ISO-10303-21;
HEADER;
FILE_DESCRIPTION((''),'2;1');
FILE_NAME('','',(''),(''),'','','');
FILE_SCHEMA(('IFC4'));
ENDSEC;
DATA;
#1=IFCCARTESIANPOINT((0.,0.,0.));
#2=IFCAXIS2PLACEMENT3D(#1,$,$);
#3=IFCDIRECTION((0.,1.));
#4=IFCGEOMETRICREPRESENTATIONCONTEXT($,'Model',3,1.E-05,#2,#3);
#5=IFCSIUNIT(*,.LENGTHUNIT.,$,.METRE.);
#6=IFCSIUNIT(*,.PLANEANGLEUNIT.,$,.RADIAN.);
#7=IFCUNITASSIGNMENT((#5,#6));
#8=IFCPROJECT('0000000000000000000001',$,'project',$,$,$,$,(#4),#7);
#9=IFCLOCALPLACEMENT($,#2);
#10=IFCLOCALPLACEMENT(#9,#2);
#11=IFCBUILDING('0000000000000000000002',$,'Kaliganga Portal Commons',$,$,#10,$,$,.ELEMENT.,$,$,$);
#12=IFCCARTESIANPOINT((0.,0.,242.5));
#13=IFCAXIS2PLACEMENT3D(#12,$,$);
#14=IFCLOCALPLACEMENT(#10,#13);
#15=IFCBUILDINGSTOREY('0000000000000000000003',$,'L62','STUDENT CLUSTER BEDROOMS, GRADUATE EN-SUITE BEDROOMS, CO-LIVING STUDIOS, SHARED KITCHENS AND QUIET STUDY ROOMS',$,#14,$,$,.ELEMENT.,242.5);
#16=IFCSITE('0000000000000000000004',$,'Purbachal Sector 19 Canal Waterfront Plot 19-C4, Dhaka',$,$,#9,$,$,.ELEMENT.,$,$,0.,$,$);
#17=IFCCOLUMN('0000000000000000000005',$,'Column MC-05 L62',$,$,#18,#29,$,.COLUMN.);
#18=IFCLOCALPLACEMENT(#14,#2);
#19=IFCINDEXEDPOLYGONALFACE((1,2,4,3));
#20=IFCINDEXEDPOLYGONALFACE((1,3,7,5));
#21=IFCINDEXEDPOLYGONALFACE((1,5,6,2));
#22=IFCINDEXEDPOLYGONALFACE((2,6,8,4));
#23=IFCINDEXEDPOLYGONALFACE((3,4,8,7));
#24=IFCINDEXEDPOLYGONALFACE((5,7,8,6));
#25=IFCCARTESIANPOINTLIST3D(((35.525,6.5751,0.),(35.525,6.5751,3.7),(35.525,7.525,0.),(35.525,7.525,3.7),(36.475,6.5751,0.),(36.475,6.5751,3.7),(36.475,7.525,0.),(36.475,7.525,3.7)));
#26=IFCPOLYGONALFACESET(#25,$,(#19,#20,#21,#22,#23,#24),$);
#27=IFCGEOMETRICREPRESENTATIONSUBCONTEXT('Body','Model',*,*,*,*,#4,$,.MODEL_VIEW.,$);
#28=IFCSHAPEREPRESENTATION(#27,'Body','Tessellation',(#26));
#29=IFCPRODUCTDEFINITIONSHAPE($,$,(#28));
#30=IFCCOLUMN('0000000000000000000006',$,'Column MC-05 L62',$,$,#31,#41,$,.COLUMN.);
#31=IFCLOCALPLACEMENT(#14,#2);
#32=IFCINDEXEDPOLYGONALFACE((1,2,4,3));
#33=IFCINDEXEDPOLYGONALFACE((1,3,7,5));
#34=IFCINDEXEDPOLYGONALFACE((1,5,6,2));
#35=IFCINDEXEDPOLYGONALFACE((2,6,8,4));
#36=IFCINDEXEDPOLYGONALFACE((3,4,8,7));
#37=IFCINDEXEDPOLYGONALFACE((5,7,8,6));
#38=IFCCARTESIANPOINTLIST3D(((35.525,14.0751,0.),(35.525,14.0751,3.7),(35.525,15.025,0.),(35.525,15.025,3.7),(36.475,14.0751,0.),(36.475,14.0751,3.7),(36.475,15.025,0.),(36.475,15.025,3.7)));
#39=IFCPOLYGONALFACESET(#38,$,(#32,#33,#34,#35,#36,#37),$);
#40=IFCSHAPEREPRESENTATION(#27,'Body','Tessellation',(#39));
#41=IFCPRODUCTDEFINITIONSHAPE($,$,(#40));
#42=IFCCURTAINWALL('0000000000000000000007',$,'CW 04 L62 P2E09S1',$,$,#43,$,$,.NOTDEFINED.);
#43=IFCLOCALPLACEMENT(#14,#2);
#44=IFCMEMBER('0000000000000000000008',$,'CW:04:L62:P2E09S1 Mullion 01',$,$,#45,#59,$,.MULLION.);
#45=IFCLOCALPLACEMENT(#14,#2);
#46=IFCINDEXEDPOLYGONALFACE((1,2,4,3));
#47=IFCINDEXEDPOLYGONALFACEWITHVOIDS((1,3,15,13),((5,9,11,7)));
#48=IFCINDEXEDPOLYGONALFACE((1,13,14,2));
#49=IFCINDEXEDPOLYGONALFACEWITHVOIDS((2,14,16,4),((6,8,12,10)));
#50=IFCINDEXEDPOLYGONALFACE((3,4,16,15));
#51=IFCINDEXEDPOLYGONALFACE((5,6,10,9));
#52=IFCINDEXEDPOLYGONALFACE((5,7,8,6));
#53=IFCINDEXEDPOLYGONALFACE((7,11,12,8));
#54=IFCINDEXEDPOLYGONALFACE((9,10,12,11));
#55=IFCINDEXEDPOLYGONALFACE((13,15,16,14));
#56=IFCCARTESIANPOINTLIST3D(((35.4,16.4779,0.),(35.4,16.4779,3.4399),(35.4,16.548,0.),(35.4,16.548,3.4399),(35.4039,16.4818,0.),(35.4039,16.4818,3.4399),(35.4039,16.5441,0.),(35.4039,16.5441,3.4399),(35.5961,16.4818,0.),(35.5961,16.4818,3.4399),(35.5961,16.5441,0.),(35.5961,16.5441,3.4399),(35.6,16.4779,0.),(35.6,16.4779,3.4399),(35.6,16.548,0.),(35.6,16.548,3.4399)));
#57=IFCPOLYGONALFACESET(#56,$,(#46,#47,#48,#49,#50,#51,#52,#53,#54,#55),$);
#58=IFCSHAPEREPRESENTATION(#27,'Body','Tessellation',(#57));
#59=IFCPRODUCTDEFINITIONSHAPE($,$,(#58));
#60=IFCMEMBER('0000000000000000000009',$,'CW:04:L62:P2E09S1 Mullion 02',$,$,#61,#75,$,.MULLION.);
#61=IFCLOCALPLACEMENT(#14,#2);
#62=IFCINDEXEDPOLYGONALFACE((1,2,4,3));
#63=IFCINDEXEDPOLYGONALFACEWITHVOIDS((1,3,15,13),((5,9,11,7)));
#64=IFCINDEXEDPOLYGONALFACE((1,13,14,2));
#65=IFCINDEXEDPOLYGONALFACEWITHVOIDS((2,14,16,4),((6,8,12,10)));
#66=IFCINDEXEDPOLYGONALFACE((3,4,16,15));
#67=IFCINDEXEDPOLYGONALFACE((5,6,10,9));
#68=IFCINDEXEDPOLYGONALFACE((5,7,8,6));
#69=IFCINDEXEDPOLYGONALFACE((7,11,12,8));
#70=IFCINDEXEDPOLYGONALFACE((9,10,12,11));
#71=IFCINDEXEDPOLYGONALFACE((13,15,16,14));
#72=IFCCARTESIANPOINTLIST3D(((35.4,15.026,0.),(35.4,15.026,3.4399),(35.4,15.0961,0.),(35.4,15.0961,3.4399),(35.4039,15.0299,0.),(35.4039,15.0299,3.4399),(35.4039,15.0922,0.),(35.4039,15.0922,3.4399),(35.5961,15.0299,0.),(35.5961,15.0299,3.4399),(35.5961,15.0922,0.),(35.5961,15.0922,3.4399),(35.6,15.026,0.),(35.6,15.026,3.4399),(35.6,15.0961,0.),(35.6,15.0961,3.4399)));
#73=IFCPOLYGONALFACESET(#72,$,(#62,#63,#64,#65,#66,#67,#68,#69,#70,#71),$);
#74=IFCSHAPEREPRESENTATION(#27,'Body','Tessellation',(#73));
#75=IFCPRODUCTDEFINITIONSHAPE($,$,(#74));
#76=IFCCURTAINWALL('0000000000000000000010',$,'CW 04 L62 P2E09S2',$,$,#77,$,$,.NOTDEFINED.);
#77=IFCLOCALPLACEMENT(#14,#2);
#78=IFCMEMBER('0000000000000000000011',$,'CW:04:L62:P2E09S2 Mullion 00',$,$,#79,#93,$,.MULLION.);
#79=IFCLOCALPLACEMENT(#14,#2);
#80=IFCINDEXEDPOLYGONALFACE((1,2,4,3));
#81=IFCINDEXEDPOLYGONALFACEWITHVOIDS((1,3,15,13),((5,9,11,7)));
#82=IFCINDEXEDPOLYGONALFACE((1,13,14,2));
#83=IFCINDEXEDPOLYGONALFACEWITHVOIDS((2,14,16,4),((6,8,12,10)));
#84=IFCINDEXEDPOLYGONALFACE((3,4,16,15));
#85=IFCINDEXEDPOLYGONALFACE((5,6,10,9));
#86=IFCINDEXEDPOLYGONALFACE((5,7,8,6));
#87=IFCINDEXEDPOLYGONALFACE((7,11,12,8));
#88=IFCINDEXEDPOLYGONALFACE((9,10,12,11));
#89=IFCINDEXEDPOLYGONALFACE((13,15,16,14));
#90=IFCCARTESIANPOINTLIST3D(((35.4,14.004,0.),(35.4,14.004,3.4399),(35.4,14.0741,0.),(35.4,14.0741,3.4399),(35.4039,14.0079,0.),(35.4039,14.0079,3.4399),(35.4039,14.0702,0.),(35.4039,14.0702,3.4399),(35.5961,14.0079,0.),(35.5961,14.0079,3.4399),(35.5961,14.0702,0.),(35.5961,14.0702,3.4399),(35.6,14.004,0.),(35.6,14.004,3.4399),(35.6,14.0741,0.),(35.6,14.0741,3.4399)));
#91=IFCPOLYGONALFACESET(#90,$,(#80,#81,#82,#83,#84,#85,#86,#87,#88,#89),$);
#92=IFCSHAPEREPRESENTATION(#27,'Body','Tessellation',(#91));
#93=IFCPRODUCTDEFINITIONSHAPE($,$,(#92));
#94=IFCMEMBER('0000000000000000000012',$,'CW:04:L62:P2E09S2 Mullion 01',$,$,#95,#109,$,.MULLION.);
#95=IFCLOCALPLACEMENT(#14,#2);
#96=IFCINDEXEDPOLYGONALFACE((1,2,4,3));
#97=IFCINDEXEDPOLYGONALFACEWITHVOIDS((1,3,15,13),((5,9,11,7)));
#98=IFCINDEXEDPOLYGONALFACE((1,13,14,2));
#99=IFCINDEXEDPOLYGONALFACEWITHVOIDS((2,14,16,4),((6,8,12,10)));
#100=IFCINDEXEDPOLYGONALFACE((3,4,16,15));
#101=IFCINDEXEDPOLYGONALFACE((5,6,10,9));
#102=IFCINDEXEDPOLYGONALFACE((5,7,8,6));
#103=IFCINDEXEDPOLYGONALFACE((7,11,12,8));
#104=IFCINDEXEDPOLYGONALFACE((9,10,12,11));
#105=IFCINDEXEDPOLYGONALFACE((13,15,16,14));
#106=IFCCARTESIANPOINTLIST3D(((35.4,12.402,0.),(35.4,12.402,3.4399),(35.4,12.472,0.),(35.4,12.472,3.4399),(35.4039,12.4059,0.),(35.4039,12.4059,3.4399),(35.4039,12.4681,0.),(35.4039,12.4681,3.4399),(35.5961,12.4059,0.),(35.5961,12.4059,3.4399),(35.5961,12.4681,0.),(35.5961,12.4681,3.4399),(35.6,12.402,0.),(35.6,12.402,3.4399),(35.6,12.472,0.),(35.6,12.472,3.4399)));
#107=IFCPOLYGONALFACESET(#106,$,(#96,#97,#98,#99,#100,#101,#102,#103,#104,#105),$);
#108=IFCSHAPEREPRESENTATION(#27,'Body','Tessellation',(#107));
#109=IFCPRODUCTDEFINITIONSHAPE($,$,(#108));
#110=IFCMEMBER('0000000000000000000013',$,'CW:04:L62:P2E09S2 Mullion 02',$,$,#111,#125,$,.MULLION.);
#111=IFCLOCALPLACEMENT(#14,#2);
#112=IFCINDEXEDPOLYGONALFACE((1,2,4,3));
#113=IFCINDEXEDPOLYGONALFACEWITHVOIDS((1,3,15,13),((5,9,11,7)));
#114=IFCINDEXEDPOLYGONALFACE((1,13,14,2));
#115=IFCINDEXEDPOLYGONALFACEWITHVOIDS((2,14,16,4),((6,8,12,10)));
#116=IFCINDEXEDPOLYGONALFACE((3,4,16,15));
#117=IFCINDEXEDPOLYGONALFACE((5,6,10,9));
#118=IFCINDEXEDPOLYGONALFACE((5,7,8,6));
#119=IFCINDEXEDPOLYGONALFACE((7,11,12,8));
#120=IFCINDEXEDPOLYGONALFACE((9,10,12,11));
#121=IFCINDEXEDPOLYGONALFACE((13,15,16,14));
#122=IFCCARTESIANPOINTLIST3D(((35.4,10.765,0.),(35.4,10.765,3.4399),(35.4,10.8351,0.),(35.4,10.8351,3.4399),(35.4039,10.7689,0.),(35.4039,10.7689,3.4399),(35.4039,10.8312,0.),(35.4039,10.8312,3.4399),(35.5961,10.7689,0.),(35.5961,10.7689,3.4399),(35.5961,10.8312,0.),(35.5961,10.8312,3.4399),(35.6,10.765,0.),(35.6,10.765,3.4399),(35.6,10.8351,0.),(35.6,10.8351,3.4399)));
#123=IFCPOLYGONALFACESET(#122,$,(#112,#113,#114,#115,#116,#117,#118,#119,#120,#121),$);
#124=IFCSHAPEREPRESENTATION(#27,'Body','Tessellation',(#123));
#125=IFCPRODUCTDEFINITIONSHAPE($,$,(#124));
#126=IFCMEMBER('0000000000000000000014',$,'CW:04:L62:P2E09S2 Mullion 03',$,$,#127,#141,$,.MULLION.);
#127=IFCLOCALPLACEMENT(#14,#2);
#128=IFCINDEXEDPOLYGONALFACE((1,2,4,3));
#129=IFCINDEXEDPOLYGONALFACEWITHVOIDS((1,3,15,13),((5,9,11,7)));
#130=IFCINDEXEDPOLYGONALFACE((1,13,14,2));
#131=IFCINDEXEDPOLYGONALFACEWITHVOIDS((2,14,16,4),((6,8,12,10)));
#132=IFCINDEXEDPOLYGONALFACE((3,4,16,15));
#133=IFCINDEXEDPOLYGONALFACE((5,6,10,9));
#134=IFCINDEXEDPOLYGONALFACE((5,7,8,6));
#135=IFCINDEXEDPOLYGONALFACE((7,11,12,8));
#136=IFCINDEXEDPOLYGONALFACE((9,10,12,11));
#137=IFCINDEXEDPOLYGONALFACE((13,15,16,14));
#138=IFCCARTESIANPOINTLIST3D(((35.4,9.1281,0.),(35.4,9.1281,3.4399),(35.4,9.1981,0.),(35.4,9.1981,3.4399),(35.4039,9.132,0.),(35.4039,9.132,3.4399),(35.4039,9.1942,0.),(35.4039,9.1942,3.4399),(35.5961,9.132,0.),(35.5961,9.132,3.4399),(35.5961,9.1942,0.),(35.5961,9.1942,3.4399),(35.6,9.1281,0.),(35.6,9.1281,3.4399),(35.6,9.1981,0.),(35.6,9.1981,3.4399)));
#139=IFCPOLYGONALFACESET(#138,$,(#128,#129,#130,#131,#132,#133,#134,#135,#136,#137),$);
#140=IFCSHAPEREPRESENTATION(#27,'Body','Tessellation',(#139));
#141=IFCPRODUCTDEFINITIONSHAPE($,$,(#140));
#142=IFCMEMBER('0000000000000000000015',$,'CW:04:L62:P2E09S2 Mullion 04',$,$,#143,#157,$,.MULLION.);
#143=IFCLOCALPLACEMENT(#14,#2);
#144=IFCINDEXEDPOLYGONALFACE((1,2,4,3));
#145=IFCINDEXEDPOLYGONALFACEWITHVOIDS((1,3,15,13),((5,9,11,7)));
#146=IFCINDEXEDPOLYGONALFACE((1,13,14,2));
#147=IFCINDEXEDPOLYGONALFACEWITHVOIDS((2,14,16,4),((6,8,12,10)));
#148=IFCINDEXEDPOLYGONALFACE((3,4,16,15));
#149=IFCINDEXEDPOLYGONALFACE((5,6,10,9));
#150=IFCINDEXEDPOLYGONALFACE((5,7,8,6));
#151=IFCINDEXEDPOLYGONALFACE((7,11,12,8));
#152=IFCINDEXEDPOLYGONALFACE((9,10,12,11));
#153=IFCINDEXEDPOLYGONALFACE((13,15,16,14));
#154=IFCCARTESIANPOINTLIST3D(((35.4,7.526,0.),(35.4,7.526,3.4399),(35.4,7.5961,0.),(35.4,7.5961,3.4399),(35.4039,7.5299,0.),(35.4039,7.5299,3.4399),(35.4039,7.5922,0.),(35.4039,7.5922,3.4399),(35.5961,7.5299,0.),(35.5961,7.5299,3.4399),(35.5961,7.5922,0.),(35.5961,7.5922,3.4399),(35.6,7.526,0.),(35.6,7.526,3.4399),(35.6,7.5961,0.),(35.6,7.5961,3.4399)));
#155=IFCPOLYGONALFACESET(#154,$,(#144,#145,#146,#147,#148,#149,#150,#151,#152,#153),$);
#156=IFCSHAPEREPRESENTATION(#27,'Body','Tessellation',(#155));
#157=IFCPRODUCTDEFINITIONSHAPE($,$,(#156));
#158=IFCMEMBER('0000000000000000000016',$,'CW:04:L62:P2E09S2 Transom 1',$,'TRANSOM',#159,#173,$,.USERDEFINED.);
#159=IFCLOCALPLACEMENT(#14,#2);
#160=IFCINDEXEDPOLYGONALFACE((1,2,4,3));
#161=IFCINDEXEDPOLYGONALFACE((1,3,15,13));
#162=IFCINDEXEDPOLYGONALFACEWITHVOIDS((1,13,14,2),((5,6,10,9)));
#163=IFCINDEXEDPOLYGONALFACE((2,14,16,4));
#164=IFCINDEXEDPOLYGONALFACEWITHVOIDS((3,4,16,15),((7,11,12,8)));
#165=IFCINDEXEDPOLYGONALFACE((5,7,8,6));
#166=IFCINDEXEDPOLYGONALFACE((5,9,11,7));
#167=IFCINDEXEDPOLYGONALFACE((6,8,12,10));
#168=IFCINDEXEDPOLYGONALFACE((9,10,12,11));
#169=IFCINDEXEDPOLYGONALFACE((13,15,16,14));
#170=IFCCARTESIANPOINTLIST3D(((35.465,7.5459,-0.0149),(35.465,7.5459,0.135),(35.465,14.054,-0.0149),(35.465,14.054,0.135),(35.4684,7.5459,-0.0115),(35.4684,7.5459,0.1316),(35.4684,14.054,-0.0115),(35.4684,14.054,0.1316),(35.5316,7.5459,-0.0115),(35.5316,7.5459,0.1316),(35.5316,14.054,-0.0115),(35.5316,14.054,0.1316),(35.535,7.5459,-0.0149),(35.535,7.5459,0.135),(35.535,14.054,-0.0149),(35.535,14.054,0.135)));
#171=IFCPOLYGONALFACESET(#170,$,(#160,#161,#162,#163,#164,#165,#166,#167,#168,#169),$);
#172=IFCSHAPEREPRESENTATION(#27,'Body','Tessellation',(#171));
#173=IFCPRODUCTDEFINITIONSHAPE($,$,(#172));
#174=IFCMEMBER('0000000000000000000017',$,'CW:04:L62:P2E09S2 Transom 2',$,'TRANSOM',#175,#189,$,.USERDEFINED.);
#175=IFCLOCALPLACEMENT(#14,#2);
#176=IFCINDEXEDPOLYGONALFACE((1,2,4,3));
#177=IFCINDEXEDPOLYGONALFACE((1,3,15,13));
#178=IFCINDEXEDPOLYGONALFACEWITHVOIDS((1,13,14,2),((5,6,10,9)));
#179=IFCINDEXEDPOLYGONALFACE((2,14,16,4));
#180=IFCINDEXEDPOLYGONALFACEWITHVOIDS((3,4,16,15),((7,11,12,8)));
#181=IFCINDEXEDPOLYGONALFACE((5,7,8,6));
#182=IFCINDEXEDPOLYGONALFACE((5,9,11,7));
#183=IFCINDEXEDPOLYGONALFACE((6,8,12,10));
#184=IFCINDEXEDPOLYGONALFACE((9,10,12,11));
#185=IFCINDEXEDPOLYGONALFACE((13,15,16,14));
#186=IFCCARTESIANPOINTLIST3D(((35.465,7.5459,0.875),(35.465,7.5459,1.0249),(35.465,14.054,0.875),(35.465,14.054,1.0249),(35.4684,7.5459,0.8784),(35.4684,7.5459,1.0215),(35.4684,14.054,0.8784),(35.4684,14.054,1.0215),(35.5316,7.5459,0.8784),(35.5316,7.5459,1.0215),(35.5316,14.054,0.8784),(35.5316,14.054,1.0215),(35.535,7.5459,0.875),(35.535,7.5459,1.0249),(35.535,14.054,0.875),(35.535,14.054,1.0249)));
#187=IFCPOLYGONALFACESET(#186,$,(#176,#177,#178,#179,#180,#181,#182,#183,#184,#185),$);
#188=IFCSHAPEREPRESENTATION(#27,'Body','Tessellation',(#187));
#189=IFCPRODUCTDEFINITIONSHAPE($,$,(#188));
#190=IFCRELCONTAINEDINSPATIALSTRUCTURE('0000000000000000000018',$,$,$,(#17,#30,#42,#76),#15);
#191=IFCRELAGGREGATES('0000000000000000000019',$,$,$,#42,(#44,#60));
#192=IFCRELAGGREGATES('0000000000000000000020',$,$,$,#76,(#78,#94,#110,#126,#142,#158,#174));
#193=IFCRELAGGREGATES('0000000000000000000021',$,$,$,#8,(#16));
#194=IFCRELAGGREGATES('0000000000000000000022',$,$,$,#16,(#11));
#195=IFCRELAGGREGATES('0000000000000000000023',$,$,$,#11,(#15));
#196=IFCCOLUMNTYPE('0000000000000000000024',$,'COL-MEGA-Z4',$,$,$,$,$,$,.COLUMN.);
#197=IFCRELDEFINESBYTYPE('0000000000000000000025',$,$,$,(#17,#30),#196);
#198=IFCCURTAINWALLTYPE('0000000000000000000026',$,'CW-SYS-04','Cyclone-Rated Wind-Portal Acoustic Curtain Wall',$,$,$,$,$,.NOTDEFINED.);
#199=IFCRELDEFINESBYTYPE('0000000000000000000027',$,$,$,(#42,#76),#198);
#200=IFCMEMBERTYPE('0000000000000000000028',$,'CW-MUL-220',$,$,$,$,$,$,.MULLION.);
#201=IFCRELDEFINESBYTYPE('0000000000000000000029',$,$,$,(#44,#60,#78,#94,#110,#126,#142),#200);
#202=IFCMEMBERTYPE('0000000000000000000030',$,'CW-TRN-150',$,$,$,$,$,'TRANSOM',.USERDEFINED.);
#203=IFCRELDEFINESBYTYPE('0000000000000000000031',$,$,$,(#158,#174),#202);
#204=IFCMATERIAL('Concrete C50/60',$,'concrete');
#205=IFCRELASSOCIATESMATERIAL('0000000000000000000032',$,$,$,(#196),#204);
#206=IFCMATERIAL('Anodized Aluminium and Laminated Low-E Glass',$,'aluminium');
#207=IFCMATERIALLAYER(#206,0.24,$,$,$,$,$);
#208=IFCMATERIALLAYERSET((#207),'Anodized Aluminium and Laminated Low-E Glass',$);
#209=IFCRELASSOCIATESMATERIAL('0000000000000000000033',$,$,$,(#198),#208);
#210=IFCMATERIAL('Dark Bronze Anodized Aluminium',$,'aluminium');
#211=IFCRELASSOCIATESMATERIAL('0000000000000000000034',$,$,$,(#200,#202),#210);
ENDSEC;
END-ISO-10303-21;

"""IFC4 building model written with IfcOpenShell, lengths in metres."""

from ifc_helpers import new_model, si_unit, direction, frame, origin, origin_2d, place, context, subcontext, project, spatial, rectangle, hollow_rectangle, extrude, source, transform, mapped, material, layer, layer_set, material_profile, profile_set, type_object, element, aggregate, save


model = new_model("IFC4")

# Units and contexts
model_context = context("Model", 3, precision=1e-05, world=origin(), true_north=direction((0.0, 1.0)))
body_context = subcontext(model_context, "Body", "Model", "MODEL_VIEW")
ifc_project = project(units=[si_unit("LENGTHUNIT", "METRE"), si_unit("PLANEANGLEUNIT", "RADIAN")], contexts=[model_context])

# Site, building, storey
site_placement = place(None, origin())
site = spatial("IfcSite", under=ifc_project, at=site_placement, Name="Purbachal Sector 19 Canal Waterfront Plot 19-C4, Dhaka", CompositionType="ELEMENT", RefElevation=0.0)
building_placement = place(site_placement, origin())
building = spatial("IfcBuilding", under=site, at=building_placement, Name="Kaliganga Portal Commons", CompositionType="ELEMENT")
storey_placement = place(building_placement, frame((0.0, 0.0, 242.5)))
storey = spatial("IfcBuildingStorey", under=building, at=storey_placement, Name="L62", Description="STUDENT CLUSTER BEDROOMS, GRADUATE EN-SUITE BEDROOMS, CO-LIVING STUDIOS, SHARED KITCHENS AND QUIET STUDY ROOMS", CompositionType="ELEMENT", Elevation=242.5)

# Columns
ifc_material_1 = material(Name="Concrete C50/60", Category="concrete")
ifc_material_profile_1 = material_profile(ifc_material_1, rectangle(XDim=0.95, YDim=0.95, at=origin_2d()), Name="RC 950x950")
ifc_profile_set_1 = profile_set([ifc_material_profile_1], Name="Concrete C50/60")
column_type = type_object("IfcColumnType", Name="COL-MEGA-Z4", PredefinedType="COLUMN", material=ifc_profile_set_1)
shared_shape_1 = source(origin(), body_context, "Body", "SweptSolid", [
    extrude(rectangle(XDim=0.95, YDim=0.95, at=origin_2d()), origin(), (0.0, 0.0, 1.0), 3.7),
])
for number, where, z_axis, x_axis, name in (
    (1, (36.0, 7.05, 0.0), (0.0, 0.0, 1.0), (1.0, 0.0, 0.0), "Column MC-05 L62"),
    (2, (36.0, 14.55, 0.0), (0.0, 0.0, 1.0), (1.0, 0.0, 0.0), "Column MC-05 L62"),
):
    element("IfcColumn", number, at=place(storey_placement, frame(where, z_axis=z_axis, x_axis=x_axis)), inside=storey, type_object=column_type, Name=name, PredefinedType="COLUMN", context=body_context, shape_type="MappedRepresentation", body=[
        mapped(shared_shape_1, transform((0.0, 0.0, 0.0), x_axis=(1.0, 0.0, 0.0), y_axis=(0.0, 1.0, 0.0), z_axis=(0.0, 0.0, 1.0), scale=1.0)),
    ])

# Curtain wall, members
ifc_material_2 = material(Name="Anodized Aluminium and Laminated Low-E Glass", Category="aluminium")
ifc_layer_1 = layer(ifc_material_2, 0.24)
ifc_layer_set_1 = layer_set([ifc_layer_1], Name="Anodized Aluminium and Laminated Low-E Glass")
curtain_wall_type = type_object("IfcCurtainWallType", Name="CW-SYS-04", Description="Cyclone-Rated Wind-Portal Acoustic Curtain Wall", PredefinedType="NOTDEFINED", material=ifc_layer_set_1)
curtain_wall_1_placement = place(storey_placement, origin())
curtain_wall_1 = element("IfcCurtainWall", 3, at=curtain_wall_1_placement, inside=storey, type_object=curtain_wall_type, Name="CW 04 L62 P2E09S1", PredefinedType="NOTDEFINED")
ifc_material_3 = material(Name="Dark Bronze Anodized Aluminium", Category="aluminium")
ifc_material_profile_2 = material_profile(ifc_material_3, hollow_rectangle(XDim=0.0701, YDim=0.2, WallThickness=0.0039, at=origin_2d()), Name="ALU MULL 70x200x4")
ifc_profile_set_2 = profile_set([ifc_material_profile_2], Name="Dark Bronze Anodized Aluminium")
member_type_1 = type_object("IfcMemberType", Name="CW-MUL-220", PredefinedType="MULLION", material=ifc_profile_set_2)
shared_shape_2 = source(origin(), body_context, "Body", "SweptSolid", [
    extrude(hollow_rectangle(XDim=0.0701, YDim=0.2, WallThickness=0.0039, at=origin_2d()), origin(), (0.0, 0.0, 1.0), 3.4399),
])
member_1_placement = place(storey_placement, frame((35.5, 16.5129, 0.0), z_axis=(0.0, 0.0, 1.0), x_axis=(0.0, -1.0, 0.0)))
member_1 = element("IfcMember", 4, at=member_1_placement, type_object=member_type_1, Name="CW:04:L62:P2E09S1 Mullion 01", PredefinedType="MULLION", context=body_context, shape_type="MappedRepresentation", body=[
    mapped(shared_shape_2, transform((0.0, 0.0, 0.0), x_axis=(1.0, 0.0, 0.0), y_axis=(0.0, 1.0, 0.0), z_axis=(0.0, 0.0, 1.0), scale=1.0)),
])
member_2_placement = place(storey_placement, frame((35.5, 15.061, 0.0), z_axis=(0.0, 0.0, 1.0), x_axis=(0.0, -1.0, 0.0)))
member_2 = element("IfcMember", 5, at=member_2_placement, type_object=member_type_1, Name="CW:04:L62:P2E09S1 Mullion 02", PredefinedType="MULLION", context=body_context, shape_type="MappedRepresentation", body=[
    mapped(shared_shape_2, transform((0.0, 0.0, 0.0), x_axis=(1.0, 0.0, 0.0), y_axis=(0.0, 1.0, 0.0), z_axis=(0.0, 0.0, 1.0), scale=1.0)),
])

# Curtain wall, members
curtain_wall_2_placement = place(storey_placement, origin())
curtain_wall_2 = element("IfcCurtainWall", 6, at=curtain_wall_2_placement, inside=storey, type_object=curtain_wall_type, Name="CW 04 L62 P2E09S2", PredefinedType="NOTDEFINED")
member_3_placement = place(storey_placement, frame((35.5, 14.0391, 0.0), z_axis=(0.0, 0.0, 1.0), x_axis=(0.0, -1.0, 0.0)))
member_3 = element("IfcMember", 7, at=member_3_placement, type_object=member_type_1, Name="CW:04:L62:P2E09S2 Mullion 00", PredefinedType="MULLION", context=body_context, shape_type="MappedRepresentation", body=[
    mapped(shared_shape_2, transform((0.0, 0.0, 0.0), x_axis=(1.0, 0.0, 0.0), y_axis=(0.0, 1.0, 0.0), z_axis=(0.0, 0.0, 1.0), scale=1.0)),
])
member_4_placement = place(storey_placement, frame((35.5, 12.437, 0.0), z_axis=(0.0, 0.0, 1.0), x_axis=(0.0, -1.0, 0.0)))
member_4 = element("IfcMember", 8, at=member_4_placement, type_object=member_type_1, Name="CW:04:L62:P2E09S2 Mullion 01", PredefinedType="MULLION", context=body_context, shape_type="MappedRepresentation", body=[
    mapped(shared_shape_2, transform((0.0, 0.0, 0.0), x_axis=(1.0, 0.0, 0.0), y_axis=(0.0, 1.0, 0.0), z_axis=(0.0, 0.0, 1.0), scale=1.0)),
])
member_5_placement = place(storey_placement, frame((35.5, 10.8, 0.0), z_axis=(0.0, 0.0, 1.0), x_axis=(0.0, -1.0, 0.0)))
member_5 = element("IfcMember", 9, at=member_5_placement, type_object=member_type_1, Name="CW:04:L62:P2E09S2 Mullion 02", PredefinedType="MULLION", context=body_context, shape_type="MappedRepresentation", body=[
    mapped(shared_shape_2, transform((0.0, 0.0, 0.0), x_axis=(1.0, 0.0, 0.0), y_axis=(0.0, 1.0, 0.0), z_axis=(0.0, 0.0, 1.0), scale=1.0)),
])
member_6_placement = place(storey_placement, frame((35.5, 9.1631, 0.0), z_axis=(0.0, 0.0, 1.0), x_axis=(0.0, -1.0, 0.0)))
member_6 = element("IfcMember", 10, at=member_6_placement, type_object=member_type_1, Name="CW:04:L62:P2E09S2 Mullion 03", PredefinedType="MULLION", context=body_context, shape_type="MappedRepresentation", body=[
    mapped(shared_shape_2, transform((0.0, 0.0, 0.0), x_axis=(1.0, 0.0, 0.0), y_axis=(0.0, 1.0, 0.0), z_axis=(0.0, 0.0, 1.0), scale=1.0)),
])
member_7_placement = place(storey_placement, frame((35.5, 7.561, 0.0), z_axis=(0.0, 0.0, 1.0), x_axis=(0.0, -1.0, 0.0)))
member_7 = element("IfcMember", 11, at=member_7_placement, type_object=member_type_1, Name="CW:04:L62:P2E09S2 Mullion 04", PredefinedType="MULLION", context=body_context, shape_type="MappedRepresentation", body=[
    mapped(shared_shape_2, transform((0.0, 0.0, 0.0), x_axis=(1.0, 0.0, 0.0), y_axis=(0.0, 1.0, 0.0), z_axis=(0.0, 0.0, 1.0), scale=1.0)),
])
ifc_material_profile_3 = material_profile(ifc_material_3, hollow_rectangle(XDim=0.0701, YDim=0.1499, WallThickness=0.0034, at=origin_2d()), Name="ALU TRAN 70x150x3.5")
ifc_profile_set_3 = profile_set([ifc_material_profile_3], Name="Dark Bronze Anodized Aluminium")
member_type_2 = type_object("IfcMemberType", Name="CW-TRN-150", ElementType="TRANSOM", PredefinedType="USERDEFINED", material=ifc_profile_set_3)
shared_shape_3 = source(origin(), body_context, "Body", "SweptSolid", [
    extrude(hollow_rectangle(XDim=0.0701, YDim=0.1499, WallThickness=0.0034, at=origin_2d()), origin(), (0.0, 0.0, 1.0), 6.5081),
])
member_8_placement = place(storey_placement, frame((35.5, 14.054, 0.0601), z_axis=(0.0, -1.0, 0.0), x_axis=(1.0, 0.0, 0.0)))
member_8 = element("IfcMember", 12, at=member_8_placement, type_object=member_type_2, Name="CW:04:L62:P2E09S2 Transom 1", ObjectType="TRANSOM", PredefinedType="USERDEFINED", context=body_context, shape_type="MappedRepresentation", body=[
    mapped(shared_shape_3, transform((0.0, 0.0, 0.0), x_axis=(1.0, 0.0, 0.0), y_axis=(0.0, 1.0, 0.0), z_axis=(0.0, 0.0, 1.0), scale=1.0)),
])
member_9_placement = place(storey_placement, frame((35.5, 14.054, 0.95), z_axis=(0.0, -1.0, 0.0), x_axis=(1.0, 0.0, 0.0)))
member_9 = element("IfcMember", 13, at=member_9_placement, type_object=member_type_2, Name="CW:04:L62:P2E09S2 Transom 2", ObjectType="TRANSOM", PredefinedType="USERDEFINED", context=body_context, shape_type="MappedRepresentation", body=[
    mapped(shared_shape_3, transform((0.0, 0.0, 0.0), x_axis=(1.0, 0.0, 0.0), y_axis=(0.0, 1.0, 0.0), z_axis=(0.0, 0.0, 1.0), scale=1.0)),
])

aggregate(curtain_wall_1, [member_1, member_2])
aggregate(curtain_wall_2, [member_3, member_4, member_5, member_6, member_7, member_8, member_9])

save(model, "model.ifc")
